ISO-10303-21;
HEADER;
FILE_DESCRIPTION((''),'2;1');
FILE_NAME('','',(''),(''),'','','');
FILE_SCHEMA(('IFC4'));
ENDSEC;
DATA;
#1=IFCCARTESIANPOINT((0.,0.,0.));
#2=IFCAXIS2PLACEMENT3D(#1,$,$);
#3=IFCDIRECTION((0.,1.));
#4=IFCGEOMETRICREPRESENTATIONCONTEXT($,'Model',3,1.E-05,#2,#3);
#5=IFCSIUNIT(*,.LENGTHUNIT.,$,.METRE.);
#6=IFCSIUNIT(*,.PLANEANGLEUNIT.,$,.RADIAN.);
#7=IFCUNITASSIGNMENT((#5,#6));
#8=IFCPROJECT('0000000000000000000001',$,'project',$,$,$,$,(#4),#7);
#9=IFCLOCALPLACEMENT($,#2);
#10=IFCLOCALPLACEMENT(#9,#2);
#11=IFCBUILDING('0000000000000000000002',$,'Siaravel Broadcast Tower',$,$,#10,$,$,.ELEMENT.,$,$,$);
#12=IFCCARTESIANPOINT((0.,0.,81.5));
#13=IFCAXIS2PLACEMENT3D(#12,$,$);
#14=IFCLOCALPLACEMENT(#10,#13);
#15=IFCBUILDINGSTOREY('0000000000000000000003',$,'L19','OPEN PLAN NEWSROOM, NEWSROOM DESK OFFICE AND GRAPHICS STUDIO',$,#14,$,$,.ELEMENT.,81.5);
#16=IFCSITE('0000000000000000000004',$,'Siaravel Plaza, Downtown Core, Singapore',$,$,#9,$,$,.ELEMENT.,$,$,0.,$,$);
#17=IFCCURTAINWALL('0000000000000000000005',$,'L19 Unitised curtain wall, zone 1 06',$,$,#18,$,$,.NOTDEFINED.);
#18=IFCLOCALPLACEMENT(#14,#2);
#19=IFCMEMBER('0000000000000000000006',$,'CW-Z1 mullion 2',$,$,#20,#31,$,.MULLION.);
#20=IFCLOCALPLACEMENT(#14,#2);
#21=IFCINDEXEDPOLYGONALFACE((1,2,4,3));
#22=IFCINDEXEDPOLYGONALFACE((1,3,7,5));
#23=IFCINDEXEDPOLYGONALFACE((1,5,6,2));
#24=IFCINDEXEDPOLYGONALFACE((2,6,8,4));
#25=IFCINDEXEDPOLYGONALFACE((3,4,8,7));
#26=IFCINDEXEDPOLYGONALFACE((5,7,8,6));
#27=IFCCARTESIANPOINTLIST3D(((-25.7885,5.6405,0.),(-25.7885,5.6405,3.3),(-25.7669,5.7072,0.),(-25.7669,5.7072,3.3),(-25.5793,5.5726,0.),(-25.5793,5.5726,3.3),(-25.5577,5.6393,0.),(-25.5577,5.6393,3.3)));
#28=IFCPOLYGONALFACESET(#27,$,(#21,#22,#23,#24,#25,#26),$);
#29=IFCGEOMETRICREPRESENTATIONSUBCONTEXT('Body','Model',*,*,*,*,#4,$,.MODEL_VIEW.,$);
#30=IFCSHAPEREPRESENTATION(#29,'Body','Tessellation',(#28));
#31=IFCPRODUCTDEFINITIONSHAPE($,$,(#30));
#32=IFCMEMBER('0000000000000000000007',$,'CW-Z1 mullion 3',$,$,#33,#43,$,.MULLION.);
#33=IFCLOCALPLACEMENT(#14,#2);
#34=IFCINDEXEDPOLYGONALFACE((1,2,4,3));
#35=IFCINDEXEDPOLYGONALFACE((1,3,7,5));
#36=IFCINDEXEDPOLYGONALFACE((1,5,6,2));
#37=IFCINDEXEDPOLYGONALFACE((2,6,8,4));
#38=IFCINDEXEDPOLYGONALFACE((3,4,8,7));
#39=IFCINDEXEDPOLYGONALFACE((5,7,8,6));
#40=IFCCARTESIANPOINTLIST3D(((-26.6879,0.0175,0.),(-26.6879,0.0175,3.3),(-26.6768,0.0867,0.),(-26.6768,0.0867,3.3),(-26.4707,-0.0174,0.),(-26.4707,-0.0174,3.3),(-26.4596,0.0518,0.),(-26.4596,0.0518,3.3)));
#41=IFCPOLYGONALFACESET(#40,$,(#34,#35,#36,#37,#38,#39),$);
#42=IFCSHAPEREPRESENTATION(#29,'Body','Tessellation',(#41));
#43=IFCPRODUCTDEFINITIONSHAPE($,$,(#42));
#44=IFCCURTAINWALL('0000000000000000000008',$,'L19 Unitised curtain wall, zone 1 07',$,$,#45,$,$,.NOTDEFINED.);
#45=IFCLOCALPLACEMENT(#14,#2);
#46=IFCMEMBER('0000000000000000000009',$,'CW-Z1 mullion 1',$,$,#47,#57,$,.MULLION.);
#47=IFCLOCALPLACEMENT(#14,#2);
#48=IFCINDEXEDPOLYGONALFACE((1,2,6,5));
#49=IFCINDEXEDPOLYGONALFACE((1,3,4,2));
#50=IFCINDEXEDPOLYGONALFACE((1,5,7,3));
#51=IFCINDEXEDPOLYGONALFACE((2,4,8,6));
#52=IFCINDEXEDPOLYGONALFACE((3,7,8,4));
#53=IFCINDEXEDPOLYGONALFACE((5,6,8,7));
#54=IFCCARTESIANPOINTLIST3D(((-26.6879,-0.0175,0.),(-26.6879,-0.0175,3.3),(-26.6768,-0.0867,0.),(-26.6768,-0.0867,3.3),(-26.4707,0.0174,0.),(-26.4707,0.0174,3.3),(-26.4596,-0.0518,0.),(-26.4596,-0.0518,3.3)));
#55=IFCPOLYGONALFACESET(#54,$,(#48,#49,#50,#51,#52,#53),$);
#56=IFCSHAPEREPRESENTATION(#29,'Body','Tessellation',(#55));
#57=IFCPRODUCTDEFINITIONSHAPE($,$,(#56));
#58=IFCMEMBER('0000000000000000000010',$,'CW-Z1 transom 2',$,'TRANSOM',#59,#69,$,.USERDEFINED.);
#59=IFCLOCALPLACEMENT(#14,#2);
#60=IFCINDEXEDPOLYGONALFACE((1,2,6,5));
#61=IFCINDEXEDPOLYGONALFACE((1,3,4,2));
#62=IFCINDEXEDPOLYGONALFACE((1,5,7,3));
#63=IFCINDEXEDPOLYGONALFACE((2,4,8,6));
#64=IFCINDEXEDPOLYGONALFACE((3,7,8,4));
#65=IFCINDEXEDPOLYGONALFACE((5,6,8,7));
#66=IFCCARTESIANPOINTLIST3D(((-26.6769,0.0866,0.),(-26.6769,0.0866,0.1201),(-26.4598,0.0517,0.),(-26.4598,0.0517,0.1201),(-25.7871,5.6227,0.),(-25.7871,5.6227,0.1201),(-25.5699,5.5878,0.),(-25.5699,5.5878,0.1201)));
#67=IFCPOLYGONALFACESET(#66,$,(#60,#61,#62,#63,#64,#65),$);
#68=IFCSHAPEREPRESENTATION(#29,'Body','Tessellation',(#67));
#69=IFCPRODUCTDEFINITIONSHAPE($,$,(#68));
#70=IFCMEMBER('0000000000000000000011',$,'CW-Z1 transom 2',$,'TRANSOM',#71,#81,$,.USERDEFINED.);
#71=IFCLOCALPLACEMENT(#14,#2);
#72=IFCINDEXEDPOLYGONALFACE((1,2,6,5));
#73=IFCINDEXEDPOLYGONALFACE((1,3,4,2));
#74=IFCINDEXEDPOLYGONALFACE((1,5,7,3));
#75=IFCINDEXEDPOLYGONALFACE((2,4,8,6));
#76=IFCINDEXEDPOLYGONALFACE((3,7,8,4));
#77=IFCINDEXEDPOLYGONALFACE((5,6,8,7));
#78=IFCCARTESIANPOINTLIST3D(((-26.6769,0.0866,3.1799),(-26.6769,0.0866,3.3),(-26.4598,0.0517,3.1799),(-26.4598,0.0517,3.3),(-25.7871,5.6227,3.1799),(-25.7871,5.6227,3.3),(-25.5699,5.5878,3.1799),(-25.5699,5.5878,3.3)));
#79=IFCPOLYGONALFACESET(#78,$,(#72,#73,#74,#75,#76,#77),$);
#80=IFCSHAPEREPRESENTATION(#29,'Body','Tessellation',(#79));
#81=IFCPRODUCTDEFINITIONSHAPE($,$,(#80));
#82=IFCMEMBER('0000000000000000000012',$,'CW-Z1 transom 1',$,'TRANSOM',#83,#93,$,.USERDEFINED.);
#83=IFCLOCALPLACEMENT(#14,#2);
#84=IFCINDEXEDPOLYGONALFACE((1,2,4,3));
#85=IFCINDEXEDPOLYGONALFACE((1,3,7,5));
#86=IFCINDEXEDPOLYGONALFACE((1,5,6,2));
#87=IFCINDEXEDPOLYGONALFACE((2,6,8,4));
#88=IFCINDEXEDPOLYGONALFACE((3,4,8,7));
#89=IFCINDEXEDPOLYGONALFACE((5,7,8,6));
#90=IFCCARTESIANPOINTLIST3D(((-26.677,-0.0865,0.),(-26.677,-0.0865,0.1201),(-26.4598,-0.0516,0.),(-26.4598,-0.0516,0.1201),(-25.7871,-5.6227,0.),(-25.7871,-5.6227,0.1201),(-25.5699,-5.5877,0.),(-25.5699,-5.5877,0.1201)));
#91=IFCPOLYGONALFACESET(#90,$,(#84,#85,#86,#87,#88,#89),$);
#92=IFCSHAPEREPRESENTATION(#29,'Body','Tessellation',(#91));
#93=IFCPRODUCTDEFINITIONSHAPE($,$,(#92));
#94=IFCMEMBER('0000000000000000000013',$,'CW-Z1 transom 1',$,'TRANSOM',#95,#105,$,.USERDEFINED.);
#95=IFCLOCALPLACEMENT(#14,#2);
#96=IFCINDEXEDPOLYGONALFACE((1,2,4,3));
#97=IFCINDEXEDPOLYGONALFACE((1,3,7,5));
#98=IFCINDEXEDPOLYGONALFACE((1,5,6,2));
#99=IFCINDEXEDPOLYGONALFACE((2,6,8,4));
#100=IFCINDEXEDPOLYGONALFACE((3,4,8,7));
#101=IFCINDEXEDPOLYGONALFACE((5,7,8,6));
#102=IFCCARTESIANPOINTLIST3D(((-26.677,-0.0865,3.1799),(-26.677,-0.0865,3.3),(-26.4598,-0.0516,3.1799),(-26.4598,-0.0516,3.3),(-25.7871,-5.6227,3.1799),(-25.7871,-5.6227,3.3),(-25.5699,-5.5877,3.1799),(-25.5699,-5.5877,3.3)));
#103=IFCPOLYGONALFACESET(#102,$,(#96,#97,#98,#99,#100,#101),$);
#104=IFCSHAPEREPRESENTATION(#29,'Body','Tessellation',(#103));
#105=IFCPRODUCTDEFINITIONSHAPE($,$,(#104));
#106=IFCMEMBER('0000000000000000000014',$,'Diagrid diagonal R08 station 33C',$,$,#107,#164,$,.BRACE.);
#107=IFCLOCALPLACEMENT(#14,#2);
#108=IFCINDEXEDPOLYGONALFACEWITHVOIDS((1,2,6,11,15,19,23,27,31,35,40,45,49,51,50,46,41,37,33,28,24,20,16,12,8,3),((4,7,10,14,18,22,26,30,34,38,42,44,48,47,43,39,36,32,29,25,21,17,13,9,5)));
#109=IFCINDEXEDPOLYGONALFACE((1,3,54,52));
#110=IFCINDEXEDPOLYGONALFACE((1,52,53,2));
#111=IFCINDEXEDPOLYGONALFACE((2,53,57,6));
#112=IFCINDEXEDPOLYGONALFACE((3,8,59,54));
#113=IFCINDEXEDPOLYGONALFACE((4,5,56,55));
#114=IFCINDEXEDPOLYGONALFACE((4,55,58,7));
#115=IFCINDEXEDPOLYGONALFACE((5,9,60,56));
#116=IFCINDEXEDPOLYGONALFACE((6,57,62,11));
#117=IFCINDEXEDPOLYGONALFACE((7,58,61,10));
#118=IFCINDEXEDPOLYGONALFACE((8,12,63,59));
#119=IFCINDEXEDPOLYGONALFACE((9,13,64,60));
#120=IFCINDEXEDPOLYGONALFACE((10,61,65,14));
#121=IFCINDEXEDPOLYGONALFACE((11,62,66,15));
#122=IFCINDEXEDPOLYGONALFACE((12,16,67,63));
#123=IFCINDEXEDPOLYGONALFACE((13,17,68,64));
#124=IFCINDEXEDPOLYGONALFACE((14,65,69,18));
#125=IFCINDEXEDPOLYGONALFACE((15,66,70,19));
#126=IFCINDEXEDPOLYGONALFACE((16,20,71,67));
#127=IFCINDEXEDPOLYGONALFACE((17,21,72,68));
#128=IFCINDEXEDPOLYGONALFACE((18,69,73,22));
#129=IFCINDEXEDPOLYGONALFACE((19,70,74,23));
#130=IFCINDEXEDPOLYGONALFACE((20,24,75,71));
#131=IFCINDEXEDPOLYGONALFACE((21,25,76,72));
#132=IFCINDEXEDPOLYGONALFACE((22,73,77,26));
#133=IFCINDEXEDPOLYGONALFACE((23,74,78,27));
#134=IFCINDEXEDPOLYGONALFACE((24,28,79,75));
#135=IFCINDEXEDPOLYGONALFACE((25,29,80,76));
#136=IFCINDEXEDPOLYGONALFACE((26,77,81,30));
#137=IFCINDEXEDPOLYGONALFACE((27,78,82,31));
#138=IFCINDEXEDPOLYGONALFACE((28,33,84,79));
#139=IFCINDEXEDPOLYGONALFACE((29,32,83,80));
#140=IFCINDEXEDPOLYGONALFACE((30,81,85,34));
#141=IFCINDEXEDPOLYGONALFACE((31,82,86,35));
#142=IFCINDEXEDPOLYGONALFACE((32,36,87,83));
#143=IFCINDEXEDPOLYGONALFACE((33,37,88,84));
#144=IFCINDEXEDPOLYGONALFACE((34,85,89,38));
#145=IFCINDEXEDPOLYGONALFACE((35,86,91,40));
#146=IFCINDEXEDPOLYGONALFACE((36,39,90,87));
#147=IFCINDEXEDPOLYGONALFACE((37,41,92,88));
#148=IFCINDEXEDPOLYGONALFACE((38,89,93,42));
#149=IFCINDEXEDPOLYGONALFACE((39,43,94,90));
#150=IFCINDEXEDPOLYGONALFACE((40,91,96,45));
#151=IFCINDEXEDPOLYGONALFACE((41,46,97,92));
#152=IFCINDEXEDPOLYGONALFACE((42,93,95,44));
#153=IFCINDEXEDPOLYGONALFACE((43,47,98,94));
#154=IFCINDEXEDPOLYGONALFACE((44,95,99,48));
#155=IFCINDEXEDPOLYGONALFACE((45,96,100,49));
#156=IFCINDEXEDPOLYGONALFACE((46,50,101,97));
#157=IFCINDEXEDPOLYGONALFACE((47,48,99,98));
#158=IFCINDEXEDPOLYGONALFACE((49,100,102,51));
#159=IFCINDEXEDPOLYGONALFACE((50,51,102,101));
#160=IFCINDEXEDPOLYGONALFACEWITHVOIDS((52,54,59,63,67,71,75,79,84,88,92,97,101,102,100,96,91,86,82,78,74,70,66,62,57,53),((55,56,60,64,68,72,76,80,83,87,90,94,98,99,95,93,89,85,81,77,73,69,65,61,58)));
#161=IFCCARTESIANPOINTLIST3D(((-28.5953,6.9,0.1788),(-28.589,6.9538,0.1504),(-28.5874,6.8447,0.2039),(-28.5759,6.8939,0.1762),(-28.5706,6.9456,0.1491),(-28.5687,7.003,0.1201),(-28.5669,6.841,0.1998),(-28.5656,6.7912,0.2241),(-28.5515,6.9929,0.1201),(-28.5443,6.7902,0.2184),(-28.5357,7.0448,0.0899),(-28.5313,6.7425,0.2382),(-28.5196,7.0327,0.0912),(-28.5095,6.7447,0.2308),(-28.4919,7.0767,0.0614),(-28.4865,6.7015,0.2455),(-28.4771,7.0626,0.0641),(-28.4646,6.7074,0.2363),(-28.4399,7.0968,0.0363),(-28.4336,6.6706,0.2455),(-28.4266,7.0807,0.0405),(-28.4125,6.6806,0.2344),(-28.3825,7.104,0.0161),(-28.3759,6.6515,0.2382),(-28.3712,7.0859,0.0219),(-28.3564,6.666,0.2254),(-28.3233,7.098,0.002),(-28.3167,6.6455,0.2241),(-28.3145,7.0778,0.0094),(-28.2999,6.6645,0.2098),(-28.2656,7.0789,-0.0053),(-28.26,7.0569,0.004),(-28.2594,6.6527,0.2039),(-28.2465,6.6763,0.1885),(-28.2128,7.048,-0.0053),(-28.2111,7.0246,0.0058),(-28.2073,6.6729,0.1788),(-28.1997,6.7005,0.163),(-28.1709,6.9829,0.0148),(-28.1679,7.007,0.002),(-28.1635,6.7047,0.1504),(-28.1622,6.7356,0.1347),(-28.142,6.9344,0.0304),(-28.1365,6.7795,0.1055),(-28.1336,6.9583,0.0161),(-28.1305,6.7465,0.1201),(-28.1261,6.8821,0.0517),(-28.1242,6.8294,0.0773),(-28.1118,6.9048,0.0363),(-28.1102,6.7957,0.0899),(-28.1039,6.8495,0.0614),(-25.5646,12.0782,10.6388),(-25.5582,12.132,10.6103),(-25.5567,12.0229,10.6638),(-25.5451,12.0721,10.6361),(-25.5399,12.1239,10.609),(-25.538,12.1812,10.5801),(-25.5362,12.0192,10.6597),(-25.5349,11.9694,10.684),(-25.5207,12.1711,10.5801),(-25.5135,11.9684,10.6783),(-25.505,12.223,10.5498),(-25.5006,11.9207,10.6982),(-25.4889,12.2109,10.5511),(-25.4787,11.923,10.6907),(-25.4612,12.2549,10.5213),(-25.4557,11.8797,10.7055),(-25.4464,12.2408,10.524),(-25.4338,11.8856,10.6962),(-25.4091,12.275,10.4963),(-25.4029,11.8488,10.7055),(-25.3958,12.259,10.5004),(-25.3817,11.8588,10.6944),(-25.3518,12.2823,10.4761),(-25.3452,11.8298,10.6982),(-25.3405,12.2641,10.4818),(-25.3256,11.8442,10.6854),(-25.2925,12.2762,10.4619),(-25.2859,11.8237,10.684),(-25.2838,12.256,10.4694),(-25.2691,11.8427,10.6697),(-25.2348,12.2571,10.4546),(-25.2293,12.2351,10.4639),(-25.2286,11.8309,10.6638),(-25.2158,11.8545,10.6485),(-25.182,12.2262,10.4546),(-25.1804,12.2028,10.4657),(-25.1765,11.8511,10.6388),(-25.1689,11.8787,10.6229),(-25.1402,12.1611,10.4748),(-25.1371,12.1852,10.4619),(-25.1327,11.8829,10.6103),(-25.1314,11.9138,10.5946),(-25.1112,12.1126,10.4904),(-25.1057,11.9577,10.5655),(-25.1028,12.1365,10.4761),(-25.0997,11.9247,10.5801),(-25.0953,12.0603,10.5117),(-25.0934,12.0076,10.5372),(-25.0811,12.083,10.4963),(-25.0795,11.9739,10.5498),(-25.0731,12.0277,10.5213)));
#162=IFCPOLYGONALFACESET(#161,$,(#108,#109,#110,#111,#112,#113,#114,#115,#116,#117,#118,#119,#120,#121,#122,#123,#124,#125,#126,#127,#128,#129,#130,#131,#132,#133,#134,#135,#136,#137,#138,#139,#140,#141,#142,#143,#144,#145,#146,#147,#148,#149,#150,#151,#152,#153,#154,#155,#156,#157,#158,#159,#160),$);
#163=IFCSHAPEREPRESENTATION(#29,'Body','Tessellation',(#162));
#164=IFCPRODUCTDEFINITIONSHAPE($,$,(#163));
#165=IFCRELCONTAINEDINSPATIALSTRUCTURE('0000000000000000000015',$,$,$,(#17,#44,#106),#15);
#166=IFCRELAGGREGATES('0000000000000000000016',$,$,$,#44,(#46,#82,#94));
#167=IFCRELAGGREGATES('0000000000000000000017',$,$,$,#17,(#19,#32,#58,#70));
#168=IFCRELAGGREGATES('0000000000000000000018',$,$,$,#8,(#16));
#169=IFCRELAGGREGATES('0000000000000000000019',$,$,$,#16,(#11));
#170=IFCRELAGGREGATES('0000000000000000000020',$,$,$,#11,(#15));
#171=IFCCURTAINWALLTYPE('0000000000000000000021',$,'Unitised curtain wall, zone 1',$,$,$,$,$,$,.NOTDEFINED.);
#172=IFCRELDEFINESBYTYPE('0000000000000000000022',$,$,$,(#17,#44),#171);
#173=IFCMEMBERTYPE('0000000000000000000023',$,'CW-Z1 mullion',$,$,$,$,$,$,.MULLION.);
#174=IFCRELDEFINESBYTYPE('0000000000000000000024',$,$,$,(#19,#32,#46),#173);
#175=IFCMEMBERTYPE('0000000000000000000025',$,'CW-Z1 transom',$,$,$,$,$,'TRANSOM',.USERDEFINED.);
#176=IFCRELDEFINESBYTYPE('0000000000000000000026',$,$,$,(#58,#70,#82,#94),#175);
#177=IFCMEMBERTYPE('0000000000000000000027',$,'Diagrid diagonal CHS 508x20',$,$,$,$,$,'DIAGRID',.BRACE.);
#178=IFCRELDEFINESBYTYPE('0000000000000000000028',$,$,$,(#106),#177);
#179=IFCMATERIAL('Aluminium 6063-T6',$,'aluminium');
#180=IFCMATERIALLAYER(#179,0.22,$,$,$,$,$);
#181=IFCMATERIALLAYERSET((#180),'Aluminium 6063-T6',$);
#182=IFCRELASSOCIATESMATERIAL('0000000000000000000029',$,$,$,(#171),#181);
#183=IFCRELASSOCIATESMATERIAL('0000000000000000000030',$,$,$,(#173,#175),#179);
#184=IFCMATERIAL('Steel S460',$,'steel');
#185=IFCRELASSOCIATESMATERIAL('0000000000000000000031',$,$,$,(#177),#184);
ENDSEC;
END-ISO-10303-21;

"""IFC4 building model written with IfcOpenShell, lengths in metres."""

from ifc_helpers import new_model, si_unit, direction, frame, origin, origin_2d, place, context, subcontext, project, spatial, rectangle, hollow_circle, extrude, material, layer, layer_set, material_profile, profile_set, type_object, element, aggregate, save


model = new_model("IFC4")

# Units and contexts
model_context = context("Model", 3, precision=1e-05, world=origin(), true_north=direction((0.0, 1.0)))
body_context = subcontext(model_context, "Body", "Model", "MODEL_VIEW")
ifc_project = project(units=[si_unit("LENGTHUNIT", "METRE"), si_unit("PLANEANGLEUNIT", "RADIAN")], contexts=[model_context])

# Site, building, storey
site_placement = place(None, origin())
site = spatial("IfcSite", under=ifc_project, at=site_placement, Name="Siaravel Plaza, Downtown Core, Singapore", CompositionType="ELEMENT", RefElevation=0.0)
building_placement = place(site_placement, origin())
building = spatial("IfcBuilding", under=site, at=building_placement, Name="Siaravel Broadcast Tower", CompositionType="ELEMENT")
storey_placement = place(building_placement, frame((0.0, 0.0, 81.5)))
storey = spatial("IfcBuildingStorey", under=building, at=storey_placement, Name="L19", Description="OPEN PLAN NEWSROOM, NEWSROOM DESK OFFICE AND GRAPHICS STUDIO", CompositionType="ELEMENT", Elevation=81.5)

# Curtain wall, members
ifc_material_1 = material(Name="Aluminium 6063-T6", Category="aluminium")
ifc_layer_1 = layer(ifc_material_1, 0.22)
ifc_layer_set_1 = layer_set([ifc_layer_1], Name="Aluminium 6063-T6")
curtain_wall_type = type_object("IfcCurtainWallType", Name="Unitised curtain wall, zone 1", PredefinedType="NOTDEFINED", material=ifc_layer_set_1)
curtain_wall_1_placement = place(storey_placement, origin())
curtain_wall_1 = element("IfcCurtainWall", 1, at=curtain_wall_1_placement, inside=storey, type_object=curtain_wall_type, Name="L19 Unitised curtain wall, zone 1 06", PredefinedType="NOTDEFINED")
ifc_material_profile_1 = material_profile(ifc_material_1, rectangle(XDim=0.22, YDim=0.0701, at=origin_2d()))
ifc_profile_set_1 = profile_set([ifc_material_profile_1], Name="Aluminium 6063-T6")
member_type_1 = type_object("IfcMemberType", Name="CW-Z1 mullion", PredefinedType="MULLION", material=ifc_profile_set_1)
member_1_placement = place(storey_placement, frame((-25.6731, 5.6399, 0.0), z_axis=(0.0, 0.0, 1.0), x_axis=(0.951177, -0.308645, 0.0)))
member_1 = element("IfcMember", 2, at=member_1_placement, type_object=member_type_1, Name="CW-Z1 mullion 2", PredefinedType="MULLION", context=body_context, shape_type="SweptSolid", body=[
    extrude(rectangle(XDim=0.22, YDim=0.0701, at=origin_2d()), origin(), (0.0, 0.0, 1.0), 3.3),
])
member_2_placement = place(storey_placement, frame((-26.5737, 0.0347, 0.0), z_axis=(0.0, 0.0, 1.0), x_axis=(0.987329, -0.158685, 0.0)))
member_2 = element("IfcMember", 3, at=member_2_placement, type_object=member_type_1, Name="CW-Z1 mullion 3", PredefinedType="MULLION", context=body_context, shape_type="SweptSolid", body=[
    extrude(rectangle(XDim=0.22, YDim=0.0701, at=origin_2d()), origin(), (0.0, 0.0, 1.0), 3.3),
])

# Curtain wall, member
curtain_wall_2_placement = place(storey_placement, origin())
curtain_wall_2 = element("IfcCurtainWall", 4, at=curtain_wall_2_placement, inside=storey, type_object=curtain_wall_type, Name="L19 Unitised curtain wall, zone 1 07", PredefinedType="NOTDEFINED")
member_3_placement = place(storey_placement, frame((-26.5737, -0.0347, 0.0), z_axis=(0.0, 0.0, 1.0), x_axis=(0.987329, 0.158685, 0.0)))
member_3 = element("IfcMember", 5, at=member_3_placement, type_object=member_type_1, Name="CW-Z1 mullion 1", PredefinedType="MULLION", context=body_context, shape_type="SweptSolid", body=[
    extrude(rectangle(XDim=0.22, YDim=0.0701, at=origin_2d()), origin(), (0.0, 0.0, 1.0), 3.3),
])

# Members
ifc_material_profile_2 = material_profile(ifc_material_1, rectangle(XDim=0.22, YDim=0.1201, at=origin_2d()))
ifc_profile_set_2 = profile_set([ifc_material_profile_2], Name="Aluminium 6063-T6")
member_type_2 = type_object("IfcMemberType", Name="CW-Z1 transom", ElementType="TRANSOM", PredefinedType="USERDEFINED", material=ifc_profile_set_2)
member_4_placement = place(storey_placement, frame((-25.6785, 5.6052, 0.0601), z_axis=(-0.158705, -0.987326, 0.0), x_axis=(0.987326, -0.158705, 0.0)))
member_4 = element("IfcMember", 6, at=member_4_placement, type_object=member_type_2, Name="CW-Z1 transom 2", ObjectType="TRANSOM", PredefinedType="USERDEFINED", context=body_context, shape_type="SweptSolid", body=[
    extrude(rectangle(XDim=0.22, YDim=0.1201, at=origin_2d()), origin(), (0.0, 0.0, 1.0), 5.6072),
])
member_5_placement = place(storey_placement, frame((-25.6785, 5.6052, 3.24), z_axis=(-0.158705, -0.987326, 0.0), x_axis=(0.987326, -0.158705, 0.0)))
member_5 = element("IfcMember", 7, at=member_5_placement, type_object=member_type_2, Name="CW-Z1 transom 2", ObjectType="TRANSOM", PredefinedType="USERDEFINED", context=body_context, shape_type="SweptSolid", body=[
    extrude(rectangle(XDim=0.22, YDim=0.1201, at=origin_2d()), origin(), (0.0, 0.0, 1.0), 5.6072),
])
member_6_placement = place(storey_placement, frame((-26.5684, -0.0691, 0.0601), z_axis=(0.158705, -0.987326, 0.0), x_axis=(0.987326, 0.158705, 0.0)))
member_6 = element("IfcMember", 8, at=member_6_placement, type_object=member_type_2, Name="CW-Z1 transom 1", ObjectType="TRANSOM", PredefinedType="USERDEFINED", context=body_context, shape_type="SweptSolid", body=[
    extrude(rectangle(XDim=0.22, YDim=0.1201, at=origin_2d()), origin(), (0.0, 0.0, 1.0), 5.6072),
])
member_7_placement = place(storey_placement, frame((-26.5684, -0.0691, 3.24), z_axis=(0.158705, -0.987326, 0.0), x_axis=(0.987326, 0.158705, 0.0)))
member_7 = element("IfcMember", 9, at=member_7_placement, type_object=member_type_2, Name="CW-Z1 transom 1", ObjectType="TRANSOM", PredefinedType="USERDEFINED", context=body_context, shape_type="SweptSolid", body=[
    extrude(rectangle(XDim=0.22, YDim=0.1201, at=origin_2d()), origin(), (0.0, 0.0, 1.0), 5.6072),
])
aggregate(curtain_wall_2, [member_3, member_6, member_7])

# Member
ifc_material_2 = material(Name="Steel S460", Category="steel")
ifc_material_profile_3 = material_profile(ifc_material_2, hollow_circle(Radius=0.2539, WallThickness=0.02, at=origin_2d()))
ifc_profile_set_3 = profile_set([ifc_material_profile_3], Name="Steel S460")
member_type_3 = type_object("IfcMemberType", Name="Diagrid diagonal CHS 508x20", ElementType="DIAGRID", PredefinedType="BRACE", material=ifc_profile_set_3)
member_8_placement = place(storey_placement, frame((-28.3496, 6.8748, 0.1201), z_axis=(0.251336, 0.429421, 0.867426), x_axis=(-0.863043, 0.50513, 0.0)))
element("IfcMember", 10, at=member_8_placement, inside=storey, type_object=member_type_3, Name="Diagrid diagonal R08 station 33C", PredefinedType="BRACE", context=body_context, shape_type="SweptSolid", body=[
    extrude(hollow_circle(Radius=0.2539, WallThickness=0.02, at=origin_2d()), origin(), (0.0, 0.0, 1.0), 12.0586),
])

aggregate(curtain_wall_1, [member_1, member_2, member_4, member_5])

save(model, "model.ifc")
